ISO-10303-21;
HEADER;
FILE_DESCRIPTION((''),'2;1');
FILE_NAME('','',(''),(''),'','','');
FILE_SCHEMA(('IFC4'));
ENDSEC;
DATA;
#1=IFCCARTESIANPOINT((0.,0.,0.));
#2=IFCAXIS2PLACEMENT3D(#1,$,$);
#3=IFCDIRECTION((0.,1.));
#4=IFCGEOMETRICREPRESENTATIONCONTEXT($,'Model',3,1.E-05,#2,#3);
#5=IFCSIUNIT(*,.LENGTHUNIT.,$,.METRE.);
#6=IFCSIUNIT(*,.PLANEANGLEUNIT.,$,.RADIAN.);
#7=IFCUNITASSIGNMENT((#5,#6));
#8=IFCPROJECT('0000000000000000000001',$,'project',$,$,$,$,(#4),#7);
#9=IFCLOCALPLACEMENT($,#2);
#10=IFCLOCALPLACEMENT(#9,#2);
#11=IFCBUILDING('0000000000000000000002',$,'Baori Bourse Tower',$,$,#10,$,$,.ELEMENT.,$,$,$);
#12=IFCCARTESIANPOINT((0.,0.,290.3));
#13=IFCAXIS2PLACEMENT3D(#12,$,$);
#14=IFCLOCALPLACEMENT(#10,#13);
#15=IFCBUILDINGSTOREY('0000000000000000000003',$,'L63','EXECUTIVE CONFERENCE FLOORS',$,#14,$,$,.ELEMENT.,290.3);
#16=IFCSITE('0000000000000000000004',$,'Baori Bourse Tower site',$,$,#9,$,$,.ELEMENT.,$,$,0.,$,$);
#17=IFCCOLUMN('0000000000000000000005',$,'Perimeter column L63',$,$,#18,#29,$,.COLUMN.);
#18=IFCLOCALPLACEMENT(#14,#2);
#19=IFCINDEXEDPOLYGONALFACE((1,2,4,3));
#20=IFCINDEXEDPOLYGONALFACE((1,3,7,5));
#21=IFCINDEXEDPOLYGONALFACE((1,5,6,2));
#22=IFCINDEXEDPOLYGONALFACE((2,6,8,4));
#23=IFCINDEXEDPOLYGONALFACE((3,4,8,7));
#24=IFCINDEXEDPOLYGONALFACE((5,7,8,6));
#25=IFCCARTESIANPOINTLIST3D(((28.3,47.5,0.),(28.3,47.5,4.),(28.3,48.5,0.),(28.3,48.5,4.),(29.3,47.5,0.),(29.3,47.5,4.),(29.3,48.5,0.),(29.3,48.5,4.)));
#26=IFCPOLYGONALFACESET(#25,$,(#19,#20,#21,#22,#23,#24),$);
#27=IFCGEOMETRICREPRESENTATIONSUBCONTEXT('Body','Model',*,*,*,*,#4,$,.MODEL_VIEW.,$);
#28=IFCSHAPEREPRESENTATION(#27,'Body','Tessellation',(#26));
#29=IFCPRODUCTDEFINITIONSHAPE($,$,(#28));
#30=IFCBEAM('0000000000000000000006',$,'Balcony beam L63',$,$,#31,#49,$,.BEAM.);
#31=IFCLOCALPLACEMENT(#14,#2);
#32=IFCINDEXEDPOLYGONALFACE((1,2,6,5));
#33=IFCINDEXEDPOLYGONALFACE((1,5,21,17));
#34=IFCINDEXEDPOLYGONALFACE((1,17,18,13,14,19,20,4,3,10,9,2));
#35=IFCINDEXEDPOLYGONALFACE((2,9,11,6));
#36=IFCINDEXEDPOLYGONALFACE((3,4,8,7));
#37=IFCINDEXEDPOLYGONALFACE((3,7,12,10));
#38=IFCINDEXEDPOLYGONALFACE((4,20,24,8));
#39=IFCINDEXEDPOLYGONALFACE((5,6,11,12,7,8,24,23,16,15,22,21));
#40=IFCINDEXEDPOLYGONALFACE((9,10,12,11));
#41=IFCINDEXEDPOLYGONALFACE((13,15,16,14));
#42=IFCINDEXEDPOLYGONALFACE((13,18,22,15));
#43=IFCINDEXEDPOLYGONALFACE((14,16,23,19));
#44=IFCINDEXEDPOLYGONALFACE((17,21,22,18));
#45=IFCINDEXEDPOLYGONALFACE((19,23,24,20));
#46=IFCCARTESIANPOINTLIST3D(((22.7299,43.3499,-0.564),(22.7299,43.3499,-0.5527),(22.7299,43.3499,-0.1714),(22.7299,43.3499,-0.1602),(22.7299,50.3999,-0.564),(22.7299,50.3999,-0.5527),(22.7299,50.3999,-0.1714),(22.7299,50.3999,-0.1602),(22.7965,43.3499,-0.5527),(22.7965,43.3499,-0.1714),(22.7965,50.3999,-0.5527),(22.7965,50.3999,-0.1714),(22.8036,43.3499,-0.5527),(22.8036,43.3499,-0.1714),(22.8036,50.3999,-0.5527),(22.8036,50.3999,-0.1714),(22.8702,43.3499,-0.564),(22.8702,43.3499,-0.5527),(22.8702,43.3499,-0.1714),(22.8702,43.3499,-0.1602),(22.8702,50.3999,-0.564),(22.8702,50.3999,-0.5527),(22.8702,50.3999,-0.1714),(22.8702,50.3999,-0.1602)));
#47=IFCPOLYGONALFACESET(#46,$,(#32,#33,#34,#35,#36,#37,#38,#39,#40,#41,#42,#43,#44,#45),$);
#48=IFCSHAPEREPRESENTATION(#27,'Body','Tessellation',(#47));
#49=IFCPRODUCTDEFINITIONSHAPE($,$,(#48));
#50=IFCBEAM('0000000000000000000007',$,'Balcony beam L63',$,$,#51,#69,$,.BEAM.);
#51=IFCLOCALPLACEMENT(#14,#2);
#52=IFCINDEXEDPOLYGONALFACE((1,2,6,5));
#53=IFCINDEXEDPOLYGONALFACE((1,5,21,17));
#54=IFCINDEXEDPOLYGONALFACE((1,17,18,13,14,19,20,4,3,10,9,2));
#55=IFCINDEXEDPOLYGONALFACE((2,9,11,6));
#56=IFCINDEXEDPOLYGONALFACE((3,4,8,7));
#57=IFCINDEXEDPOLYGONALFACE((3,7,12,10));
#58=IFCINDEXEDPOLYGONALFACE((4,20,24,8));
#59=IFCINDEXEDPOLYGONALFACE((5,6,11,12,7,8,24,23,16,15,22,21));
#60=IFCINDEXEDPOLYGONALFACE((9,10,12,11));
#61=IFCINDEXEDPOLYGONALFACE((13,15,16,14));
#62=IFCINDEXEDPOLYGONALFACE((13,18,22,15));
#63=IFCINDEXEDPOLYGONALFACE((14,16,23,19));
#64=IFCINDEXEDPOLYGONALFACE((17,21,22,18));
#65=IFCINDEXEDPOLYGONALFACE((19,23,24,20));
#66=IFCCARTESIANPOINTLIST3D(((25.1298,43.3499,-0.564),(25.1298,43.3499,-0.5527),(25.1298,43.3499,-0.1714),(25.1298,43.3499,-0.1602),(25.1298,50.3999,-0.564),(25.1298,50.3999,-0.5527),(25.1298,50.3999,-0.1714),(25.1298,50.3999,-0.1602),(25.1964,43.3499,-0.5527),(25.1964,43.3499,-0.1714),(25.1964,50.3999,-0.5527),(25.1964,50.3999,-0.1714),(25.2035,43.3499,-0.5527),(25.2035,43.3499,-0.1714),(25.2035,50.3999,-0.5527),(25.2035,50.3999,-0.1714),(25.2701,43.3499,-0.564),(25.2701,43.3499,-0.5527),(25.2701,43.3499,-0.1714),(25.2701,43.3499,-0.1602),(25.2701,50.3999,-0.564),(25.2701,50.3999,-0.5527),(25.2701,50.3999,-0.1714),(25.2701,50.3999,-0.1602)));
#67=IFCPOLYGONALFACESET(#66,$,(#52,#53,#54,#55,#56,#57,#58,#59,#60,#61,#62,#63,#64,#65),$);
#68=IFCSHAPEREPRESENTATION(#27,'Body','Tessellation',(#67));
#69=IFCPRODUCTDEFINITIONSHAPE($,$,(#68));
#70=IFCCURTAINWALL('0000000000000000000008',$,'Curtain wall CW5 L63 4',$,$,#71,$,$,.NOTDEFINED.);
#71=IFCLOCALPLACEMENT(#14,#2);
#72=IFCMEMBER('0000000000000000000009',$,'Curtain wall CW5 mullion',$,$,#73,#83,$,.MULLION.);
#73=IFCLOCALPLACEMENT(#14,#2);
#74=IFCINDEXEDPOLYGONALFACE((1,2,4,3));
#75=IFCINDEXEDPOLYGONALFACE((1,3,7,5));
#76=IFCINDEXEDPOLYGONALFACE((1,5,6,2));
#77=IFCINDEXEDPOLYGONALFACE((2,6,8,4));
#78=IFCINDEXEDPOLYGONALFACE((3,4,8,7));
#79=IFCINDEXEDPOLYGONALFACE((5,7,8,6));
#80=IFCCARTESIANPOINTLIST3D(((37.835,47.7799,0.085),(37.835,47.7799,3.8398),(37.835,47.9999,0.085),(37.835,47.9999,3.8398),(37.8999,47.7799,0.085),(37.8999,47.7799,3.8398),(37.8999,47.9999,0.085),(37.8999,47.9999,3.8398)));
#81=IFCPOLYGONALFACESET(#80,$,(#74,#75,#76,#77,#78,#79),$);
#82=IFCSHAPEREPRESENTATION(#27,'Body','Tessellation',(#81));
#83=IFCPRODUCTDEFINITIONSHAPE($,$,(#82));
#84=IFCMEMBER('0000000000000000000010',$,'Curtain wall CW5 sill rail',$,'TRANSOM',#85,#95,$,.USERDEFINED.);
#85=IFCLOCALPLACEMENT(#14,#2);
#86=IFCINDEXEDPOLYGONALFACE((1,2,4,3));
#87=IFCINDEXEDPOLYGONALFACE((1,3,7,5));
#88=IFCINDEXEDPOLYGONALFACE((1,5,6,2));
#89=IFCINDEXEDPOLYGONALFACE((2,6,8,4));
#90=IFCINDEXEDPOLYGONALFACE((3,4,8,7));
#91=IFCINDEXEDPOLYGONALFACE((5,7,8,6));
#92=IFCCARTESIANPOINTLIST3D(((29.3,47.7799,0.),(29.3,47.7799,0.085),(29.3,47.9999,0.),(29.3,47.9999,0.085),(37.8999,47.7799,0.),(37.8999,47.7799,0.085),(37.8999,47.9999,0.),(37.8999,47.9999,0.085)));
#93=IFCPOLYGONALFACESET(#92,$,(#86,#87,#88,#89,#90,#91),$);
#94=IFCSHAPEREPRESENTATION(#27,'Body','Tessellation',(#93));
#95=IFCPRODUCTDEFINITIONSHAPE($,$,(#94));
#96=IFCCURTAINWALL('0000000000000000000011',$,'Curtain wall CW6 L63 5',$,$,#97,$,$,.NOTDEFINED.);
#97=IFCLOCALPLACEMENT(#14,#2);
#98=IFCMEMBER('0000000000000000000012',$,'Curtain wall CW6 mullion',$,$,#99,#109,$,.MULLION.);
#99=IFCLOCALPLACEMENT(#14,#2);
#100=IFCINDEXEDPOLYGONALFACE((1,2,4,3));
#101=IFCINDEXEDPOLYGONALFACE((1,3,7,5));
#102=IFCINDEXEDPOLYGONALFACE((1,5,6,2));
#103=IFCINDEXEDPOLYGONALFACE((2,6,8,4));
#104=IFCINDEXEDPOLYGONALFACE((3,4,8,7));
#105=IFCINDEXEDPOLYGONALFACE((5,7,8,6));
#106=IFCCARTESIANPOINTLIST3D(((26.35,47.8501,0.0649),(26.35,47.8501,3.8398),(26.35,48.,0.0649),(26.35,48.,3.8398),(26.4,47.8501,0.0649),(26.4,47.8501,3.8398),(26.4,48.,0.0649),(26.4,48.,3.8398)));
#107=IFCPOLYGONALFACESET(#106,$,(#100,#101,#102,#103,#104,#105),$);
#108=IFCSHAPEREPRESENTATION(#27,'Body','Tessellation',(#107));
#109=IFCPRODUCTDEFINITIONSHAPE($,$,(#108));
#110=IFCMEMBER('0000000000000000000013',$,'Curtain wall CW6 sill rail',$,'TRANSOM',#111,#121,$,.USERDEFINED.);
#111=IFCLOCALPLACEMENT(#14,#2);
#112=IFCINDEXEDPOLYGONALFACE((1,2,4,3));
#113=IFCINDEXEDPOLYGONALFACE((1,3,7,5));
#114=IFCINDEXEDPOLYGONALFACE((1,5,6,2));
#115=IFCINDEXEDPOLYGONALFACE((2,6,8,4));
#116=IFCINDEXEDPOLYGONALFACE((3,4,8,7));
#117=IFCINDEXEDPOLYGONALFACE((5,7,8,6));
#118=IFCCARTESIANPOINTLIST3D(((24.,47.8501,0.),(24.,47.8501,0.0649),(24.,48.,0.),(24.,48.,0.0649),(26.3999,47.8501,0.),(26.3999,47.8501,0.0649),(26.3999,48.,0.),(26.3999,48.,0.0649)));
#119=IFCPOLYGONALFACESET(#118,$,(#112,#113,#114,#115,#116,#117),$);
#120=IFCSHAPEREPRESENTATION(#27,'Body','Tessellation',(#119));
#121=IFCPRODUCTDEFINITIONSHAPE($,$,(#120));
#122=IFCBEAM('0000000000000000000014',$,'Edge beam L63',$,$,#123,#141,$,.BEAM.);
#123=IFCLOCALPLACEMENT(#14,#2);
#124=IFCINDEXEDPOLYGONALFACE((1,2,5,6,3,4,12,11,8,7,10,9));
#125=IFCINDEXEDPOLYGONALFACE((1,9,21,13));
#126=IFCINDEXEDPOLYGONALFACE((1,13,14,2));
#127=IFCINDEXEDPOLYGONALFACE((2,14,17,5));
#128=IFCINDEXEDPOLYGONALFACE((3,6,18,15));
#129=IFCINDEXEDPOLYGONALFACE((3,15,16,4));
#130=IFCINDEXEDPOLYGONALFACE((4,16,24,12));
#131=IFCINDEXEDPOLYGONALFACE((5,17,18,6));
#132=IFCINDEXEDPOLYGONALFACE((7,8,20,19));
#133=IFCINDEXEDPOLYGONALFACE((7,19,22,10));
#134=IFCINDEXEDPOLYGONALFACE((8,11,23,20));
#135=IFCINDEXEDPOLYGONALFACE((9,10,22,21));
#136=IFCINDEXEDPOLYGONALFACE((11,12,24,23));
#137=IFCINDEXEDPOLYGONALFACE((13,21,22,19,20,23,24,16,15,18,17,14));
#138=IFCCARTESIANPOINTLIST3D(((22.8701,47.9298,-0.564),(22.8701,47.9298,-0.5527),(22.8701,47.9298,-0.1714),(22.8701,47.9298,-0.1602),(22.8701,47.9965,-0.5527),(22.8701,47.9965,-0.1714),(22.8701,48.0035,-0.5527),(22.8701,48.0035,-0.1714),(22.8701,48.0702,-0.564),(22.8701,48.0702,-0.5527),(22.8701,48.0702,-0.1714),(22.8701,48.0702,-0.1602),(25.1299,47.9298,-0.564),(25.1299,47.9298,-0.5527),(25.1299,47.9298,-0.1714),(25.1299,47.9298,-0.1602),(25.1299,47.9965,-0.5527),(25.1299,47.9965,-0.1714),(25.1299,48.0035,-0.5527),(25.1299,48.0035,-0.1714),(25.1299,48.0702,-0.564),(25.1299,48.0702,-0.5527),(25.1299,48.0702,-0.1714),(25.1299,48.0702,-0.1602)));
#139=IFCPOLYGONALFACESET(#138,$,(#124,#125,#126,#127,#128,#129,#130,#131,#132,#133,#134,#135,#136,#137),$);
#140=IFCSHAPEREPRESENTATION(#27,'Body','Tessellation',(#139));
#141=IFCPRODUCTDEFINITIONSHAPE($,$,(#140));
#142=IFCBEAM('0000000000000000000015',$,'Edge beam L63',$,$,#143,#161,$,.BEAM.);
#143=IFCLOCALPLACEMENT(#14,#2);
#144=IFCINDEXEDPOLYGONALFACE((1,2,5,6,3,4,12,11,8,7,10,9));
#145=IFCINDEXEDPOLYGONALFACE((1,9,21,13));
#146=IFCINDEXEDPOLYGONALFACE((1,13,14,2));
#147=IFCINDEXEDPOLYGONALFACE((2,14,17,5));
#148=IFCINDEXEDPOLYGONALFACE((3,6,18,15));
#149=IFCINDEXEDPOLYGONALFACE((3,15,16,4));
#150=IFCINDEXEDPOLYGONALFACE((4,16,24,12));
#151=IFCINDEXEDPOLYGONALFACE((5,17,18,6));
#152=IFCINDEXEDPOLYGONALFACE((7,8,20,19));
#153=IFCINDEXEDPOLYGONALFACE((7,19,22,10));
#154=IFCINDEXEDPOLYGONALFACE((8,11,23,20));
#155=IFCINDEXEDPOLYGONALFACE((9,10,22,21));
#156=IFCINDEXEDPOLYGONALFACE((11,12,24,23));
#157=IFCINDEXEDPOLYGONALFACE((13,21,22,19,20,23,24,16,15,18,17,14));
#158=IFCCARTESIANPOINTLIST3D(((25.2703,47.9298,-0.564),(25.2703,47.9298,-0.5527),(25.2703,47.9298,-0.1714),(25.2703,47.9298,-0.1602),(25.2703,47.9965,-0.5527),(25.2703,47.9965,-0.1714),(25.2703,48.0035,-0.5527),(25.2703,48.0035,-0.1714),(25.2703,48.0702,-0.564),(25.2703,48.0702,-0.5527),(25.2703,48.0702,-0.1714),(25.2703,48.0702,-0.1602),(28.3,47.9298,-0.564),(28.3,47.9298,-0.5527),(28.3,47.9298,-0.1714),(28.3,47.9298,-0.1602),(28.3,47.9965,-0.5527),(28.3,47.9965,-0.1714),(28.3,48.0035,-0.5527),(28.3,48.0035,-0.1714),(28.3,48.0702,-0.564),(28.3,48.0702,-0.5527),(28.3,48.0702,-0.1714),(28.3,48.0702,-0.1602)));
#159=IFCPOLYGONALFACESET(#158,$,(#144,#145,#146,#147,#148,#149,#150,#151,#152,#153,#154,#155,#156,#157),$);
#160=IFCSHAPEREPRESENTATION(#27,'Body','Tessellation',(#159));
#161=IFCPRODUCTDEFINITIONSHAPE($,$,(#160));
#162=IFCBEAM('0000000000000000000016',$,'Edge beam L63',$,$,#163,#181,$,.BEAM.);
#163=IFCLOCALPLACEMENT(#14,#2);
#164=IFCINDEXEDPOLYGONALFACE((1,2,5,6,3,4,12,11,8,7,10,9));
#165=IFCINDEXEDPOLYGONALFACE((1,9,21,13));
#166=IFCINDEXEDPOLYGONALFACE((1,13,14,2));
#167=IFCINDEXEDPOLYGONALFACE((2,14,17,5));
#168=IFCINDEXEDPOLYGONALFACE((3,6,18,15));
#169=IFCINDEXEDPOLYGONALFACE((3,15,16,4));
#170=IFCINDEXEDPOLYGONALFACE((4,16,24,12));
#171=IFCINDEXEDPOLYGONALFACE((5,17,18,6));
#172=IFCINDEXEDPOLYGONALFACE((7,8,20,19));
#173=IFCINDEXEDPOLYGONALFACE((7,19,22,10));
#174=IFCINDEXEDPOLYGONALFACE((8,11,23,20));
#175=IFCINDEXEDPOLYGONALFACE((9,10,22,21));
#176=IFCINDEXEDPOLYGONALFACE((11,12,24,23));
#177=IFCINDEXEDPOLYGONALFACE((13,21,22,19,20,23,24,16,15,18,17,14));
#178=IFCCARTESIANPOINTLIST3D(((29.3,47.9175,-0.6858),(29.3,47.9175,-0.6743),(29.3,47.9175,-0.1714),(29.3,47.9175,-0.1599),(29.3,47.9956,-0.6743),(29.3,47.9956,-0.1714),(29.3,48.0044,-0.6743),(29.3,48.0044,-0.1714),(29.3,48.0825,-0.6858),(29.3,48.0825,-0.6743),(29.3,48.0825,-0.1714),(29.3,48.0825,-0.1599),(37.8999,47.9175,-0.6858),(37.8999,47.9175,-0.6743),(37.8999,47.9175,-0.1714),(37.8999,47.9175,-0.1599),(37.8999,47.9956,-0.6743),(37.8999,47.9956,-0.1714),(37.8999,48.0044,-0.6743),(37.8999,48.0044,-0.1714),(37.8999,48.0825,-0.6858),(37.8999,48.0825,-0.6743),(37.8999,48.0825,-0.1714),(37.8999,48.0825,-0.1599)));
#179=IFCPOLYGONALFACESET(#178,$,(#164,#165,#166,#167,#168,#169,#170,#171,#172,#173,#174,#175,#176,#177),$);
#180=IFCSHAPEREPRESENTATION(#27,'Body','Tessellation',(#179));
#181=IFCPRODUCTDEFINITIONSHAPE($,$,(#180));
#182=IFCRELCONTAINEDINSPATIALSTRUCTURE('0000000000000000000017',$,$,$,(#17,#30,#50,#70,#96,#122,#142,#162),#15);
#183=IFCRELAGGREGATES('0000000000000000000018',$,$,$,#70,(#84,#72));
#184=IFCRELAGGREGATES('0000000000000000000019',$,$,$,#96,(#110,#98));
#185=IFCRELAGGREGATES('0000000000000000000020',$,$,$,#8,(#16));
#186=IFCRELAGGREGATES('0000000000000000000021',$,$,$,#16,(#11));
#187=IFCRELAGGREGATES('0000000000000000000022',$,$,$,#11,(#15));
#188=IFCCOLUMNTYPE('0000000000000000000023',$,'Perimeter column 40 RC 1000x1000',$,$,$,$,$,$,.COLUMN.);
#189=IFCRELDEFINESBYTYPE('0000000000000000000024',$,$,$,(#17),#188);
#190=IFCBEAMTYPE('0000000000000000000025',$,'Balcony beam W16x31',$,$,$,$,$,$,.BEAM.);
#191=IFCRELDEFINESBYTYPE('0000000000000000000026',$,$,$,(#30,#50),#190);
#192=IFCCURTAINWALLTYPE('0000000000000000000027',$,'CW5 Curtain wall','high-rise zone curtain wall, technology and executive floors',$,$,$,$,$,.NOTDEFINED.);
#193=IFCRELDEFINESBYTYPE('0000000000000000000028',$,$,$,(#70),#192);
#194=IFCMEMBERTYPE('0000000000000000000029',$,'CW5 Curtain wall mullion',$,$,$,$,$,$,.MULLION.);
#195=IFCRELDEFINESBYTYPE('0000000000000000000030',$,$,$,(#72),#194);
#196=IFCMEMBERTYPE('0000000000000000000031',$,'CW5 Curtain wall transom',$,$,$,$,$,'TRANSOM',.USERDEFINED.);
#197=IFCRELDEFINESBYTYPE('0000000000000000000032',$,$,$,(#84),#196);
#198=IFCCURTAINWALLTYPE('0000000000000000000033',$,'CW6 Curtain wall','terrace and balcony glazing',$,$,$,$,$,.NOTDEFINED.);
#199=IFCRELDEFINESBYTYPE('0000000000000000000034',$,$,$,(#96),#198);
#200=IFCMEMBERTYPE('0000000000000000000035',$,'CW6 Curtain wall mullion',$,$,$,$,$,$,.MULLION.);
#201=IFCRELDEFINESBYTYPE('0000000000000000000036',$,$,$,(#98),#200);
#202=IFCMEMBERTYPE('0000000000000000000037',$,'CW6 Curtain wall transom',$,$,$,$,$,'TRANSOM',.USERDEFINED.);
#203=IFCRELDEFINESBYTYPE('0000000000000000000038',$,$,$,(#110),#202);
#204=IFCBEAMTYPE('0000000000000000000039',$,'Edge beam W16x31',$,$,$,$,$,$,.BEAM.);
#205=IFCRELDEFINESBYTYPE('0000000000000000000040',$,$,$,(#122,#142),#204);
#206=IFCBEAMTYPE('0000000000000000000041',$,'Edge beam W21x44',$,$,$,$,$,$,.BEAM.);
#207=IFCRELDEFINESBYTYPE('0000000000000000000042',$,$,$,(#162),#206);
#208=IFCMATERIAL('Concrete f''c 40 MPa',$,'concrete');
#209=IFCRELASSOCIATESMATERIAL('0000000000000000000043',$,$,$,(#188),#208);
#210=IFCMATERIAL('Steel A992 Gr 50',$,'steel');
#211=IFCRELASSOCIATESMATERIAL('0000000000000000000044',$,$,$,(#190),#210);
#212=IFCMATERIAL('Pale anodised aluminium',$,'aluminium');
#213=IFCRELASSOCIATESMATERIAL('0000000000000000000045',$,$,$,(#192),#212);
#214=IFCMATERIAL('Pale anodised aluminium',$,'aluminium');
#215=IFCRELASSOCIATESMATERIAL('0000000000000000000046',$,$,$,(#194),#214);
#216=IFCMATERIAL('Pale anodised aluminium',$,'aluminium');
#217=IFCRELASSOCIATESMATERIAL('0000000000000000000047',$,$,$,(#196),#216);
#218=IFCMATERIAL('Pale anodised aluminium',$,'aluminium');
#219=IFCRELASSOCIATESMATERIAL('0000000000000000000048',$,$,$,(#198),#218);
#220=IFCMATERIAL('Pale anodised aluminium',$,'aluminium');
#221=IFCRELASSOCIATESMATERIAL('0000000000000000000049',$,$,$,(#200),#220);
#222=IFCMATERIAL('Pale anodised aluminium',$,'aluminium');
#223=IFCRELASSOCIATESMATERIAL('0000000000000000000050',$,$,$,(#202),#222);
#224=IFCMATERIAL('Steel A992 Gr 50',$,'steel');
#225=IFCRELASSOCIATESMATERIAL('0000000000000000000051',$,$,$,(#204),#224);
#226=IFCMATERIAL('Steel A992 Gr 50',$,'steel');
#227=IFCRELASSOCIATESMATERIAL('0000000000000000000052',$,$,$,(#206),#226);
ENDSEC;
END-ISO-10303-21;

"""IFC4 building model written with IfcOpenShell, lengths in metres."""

from ifc_helpers import new_model, si_unit, direction, frame, origin, origin_2d, place, context, subcontext, project, spatial, rectangle, i_section, extrude, material, material_profile, profile_set, type_object, element, aggregate, save


model = new_model("IFC4")

# Units and contexts
model_context = context("Model", 3, precision=1e-05, world=origin(), true_north=direction((0.0, 1.0)))
body_context = subcontext(model_context, "Body", "Model", "MODEL_VIEW")
ifc_project = project(units=[si_unit("LENGTHUNIT", "METRE"), si_unit("PLANEANGLEUNIT", "RADIAN")], contexts=[model_context])

# Site, building, storey
site_placement = place(None, origin())
site = spatial("IfcSite", under=ifc_project, at=site_placement, Name="Baori Bourse Tower site", CompositionType="ELEMENT", RefElevation=0.0)
building_placement = place(site_placement, origin())
building = spatial("IfcBuilding", under=site, at=building_placement, Name="Baori Bourse Tower", CompositionType="ELEMENT")
storey_placement = place(building_placement, frame((0.0, 0.0, 290.3)))
storey = spatial("IfcBuildingStorey", under=building, at=storey_placement, Name="L63", Description="EXECUTIVE CONFERENCE FLOORS", CompositionType="ELEMENT", Elevation=290.3)

# Column
ifc_material_1 = material(Name="Concrete f'c 40 MPa", Category="concrete")
ifc_material_profile_1 = material_profile(ifc_material_1, rectangle(XDim=1.0, YDim=1.0, at=origin_2d()), Name="RC 1000x1000")
ifc_profile_set_1 = profile_set([ifc_material_profile_1], Name="Concrete f'c 40 MPa")
column_type = type_object("IfcColumnType", Name="Perimeter column 40 RC 1000x1000", PredefinedType="COLUMN", material=ifc_profile_set_1)
column_placement = place(storey_placement, frame((28.8, 48.0, 0.0), z_axis=(0.0, 0.0, 1.0), x_axis=(1.0, 0.0, 0.0)))
element("IfcColumn", 1, at=column_placement, inside=storey, type_object=column_type, Name="Perimeter column L63", PredefinedType="COLUMN", context=body_context, shape_type="SweptSolid", body=[
    extrude(rectangle(XDim=1.0, YDim=1.0, at=origin_2d()), origin(), (0.0, 0.0, 1.0), 4.0),
])

# Beams
ifc_material_2 = material(Name="Steel A992 Gr 50", Category="steel")
ifc_material_profile_2 = material_profile(ifc_material_2, i_section(OverallWidth=0.1404, OverallDepth=0.4038, WebThickness=0.0071, FlangeThickness=0.0112, at=origin_2d()), Name="W16x31")
ifc_profile_set_2 = profile_set([ifc_material_profile_2], Name="Steel A992 Gr 50")
beam_type_1 = type_object("IfcBeamType", Name="Balcony beam W16x31", PredefinedType="BEAM", material=ifc_profile_set_2)
for number, where, z_axis, x_axis, name in (
    (2, (22.8, 50.3999, -0.3621), (0.0, -1.0, 0.0), (1.0, 0.0, 0.0), "Balcony beam L63"),
    (3, (25.2, 50.3999, -0.3621), (0.0, -1.0, 0.0), (1.0, 0.0, 0.0), "Balcony beam L63"),
):
    element("IfcBeam", number, at=place(storey_placement, frame(where, z_axis=z_axis, x_axis=x_axis)), inside=storey, type_object=beam_type_1, Name=name, PredefinedType="BEAM", context=body_context, shape_type="SweptSolid", body=[
        extrude(i_section(OverallWidth=0.1404, OverallDepth=0.4038, WebThickness=0.0071, FlangeThickness=0.0112, at=origin_2d()), origin(), (0.0, 0.0, 1.0), 7.05),
    ])

# Curtain walls, members
ifc_material_3 = material(Name="Pale anodised aluminium", Category="aluminium")
curtain_wall_type_1 = type_object("IfcCurtainWallType", Name="CW5 Curtain wall", Description="high-rise zone curtain wall, technology and executive floors", PredefinedType="NOTDEFINED", material=ifc_material_3)
curtain_wall_1_placement = place(storey_placement, origin())
curtain_wall_1 = element("IfcCurtainWall", 4, at=curtain_wall_1_placement, inside=storey, type_object=curtain_wall_type_1, Name="Curtain wall CW5 L63 4", PredefinedType="NOTDEFINED")
ifc_material_4 = material(Name="Pale anodised aluminium", Category="aluminium")
ifc_material_profile_3 = material_profile(ifc_material_4, rectangle(XDim=0.22, YDim=0.0649, at=origin_2d()), Name="Mullion 65x220")
ifc_profile_set_3 = profile_set([ifc_material_profile_3], Name="Pale anodised aluminium")
member_type_1 = type_object("IfcMemberType", Name="CW5 Curtain wall mullion", PredefinedType="MULLION", material=ifc_profile_set_3)
member_1_placement = place(storey_placement, frame((37.8674, 47.8899, 0.085), z_axis=(0.0, 0.0, 1.0), x_axis=(0.0, -1.0, 0.0)))
member_1 = element("IfcMember", 5, at=member_1_placement, type_object=member_type_1, Name="Curtain wall CW5 mullion", PredefinedType="MULLION", context=body_context, shape_type="SweptSolid", body=[
    extrude(rectangle(XDim=0.22, YDim=0.0649, at=origin_2d()), origin(), (0.0, 0.0, 1.0), 3.7549),
])
ifc_material_5 = material(Name="Pale anodised aluminium", Category="aluminium")
ifc_material_profile_4 = material_profile(ifc_material_5, rectangle(XDim=0.22, YDim=0.085, at=origin_2d()), Name="Transom 85x220")
ifc_profile_set_4 = profile_set([ifc_material_profile_4], Name="Pale anodised aluminium")
member_type_2 = type_object("IfcMemberType", Name="CW5 Curtain wall transom", ElementType="TRANSOM", PredefinedType="USERDEFINED", material=ifc_profile_set_4)
member_2_placement = place(storey_placement, frame((37.8999, 47.8899, 0.0425), z_axis=(-1.0, 0.0, 0.0), x_axis=(0.0, -1.0, 0.0)))
member_2 = element("IfcMember", 6, at=member_2_placement, type_object=member_type_2, Name="Curtain wall CW5 sill rail", ObjectType="TRANSOM", PredefinedType="USERDEFINED", context=body_context, shape_type="SweptSolid", body=[
    extrude(rectangle(XDim=0.22, YDim=0.085, at=origin_2d()), origin(), (0.0, 0.0, 1.0), 8.5999),
])
aggregate(curtain_wall_1, [member_2, member_1])
ifc_material_6 = material(Name="Pale anodised aluminium", Category="aluminium")
curtain_wall_type_2 = type_object("IfcCurtainWallType", Name="CW6 Curtain wall", Description="terrace and balcony glazing", PredefinedType="NOTDEFINED", material=ifc_material_6)
curtain_wall_2_placement = place(storey_placement, origin())
curtain_wall_2 = element("IfcCurtainWall", 7, at=curtain_wall_2_placement, inside=storey, type_object=curtain_wall_type_2, Name="Curtain wall CW6 L63 5", PredefinedType="NOTDEFINED")
ifc_material_7 = material(Name="Pale anodised aluminium", Category="aluminium")
ifc_material_profile_5 = material_profile(ifc_material_7, rectangle(XDim=0.1499, YDim=0.05, at=origin_2d()), Name="Mullion 50x150")
ifc_profile_set_5 = profile_set([ifc_material_profile_5], Name="Pale anodised aluminium")
member_type_3 = type_object("IfcMemberType", Name="CW6 Curtain wall mullion", PredefinedType="MULLION", material=ifc_profile_set_5)
member_3_placement = place(storey_placement, frame((26.375, 47.925, 0.0649), z_axis=(0.0, 0.0, 1.0), x_axis=(0.0, -1.0, 0.0)))
member_3 = element("IfcMember", 8, at=member_3_placement, type_object=member_type_3, Name="Curtain wall CW6 mullion", PredefinedType="MULLION", context=body_context, shape_type="SweptSolid", body=[
    extrude(rectangle(XDim=0.1499, YDim=0.05, at=origin_2d()), origin(), (0.0, 0.0, 1.0), 3.7749),
])
ifc_material_8 = material(Name="Pale anodised aluminium", Category="aluminium")
ifc_material_profile_6 = material_profile(ifc_material_8, rectangle(XDim=0.1499, YDim=0.0649, at=origin_2d()), Name="Transom 65x150")
ifc_profile_set_6 = profile_set([ifc_material_profile_6], Name="Pale anodised aluminium")
member_type_4 = type_object("IfcMemberType", Name="CW6 Curtain wall transom", ElementType="TRANSOM", PredefinedType="USERDEFINED", material=ifc_profile_set_6)
member_4_placement = place(storey_placement, frame((26.3999, 47.925, 0.0325), z_axis=(-1.0, 0.0, 0.0), x_axis=(0.0, -1.0, 0.0)))
member_4 = element("IfcMember", 9, at=member_4_placement, type_object=member_type_4, Name="Curtain wall CW6 sill rail", ObjectType="TRANSOM", PredefinedType="USERDEFINED", context=body_context, shape_type="SweptSolid", body=[
    extrude(rectangle(XDim=0.1499, YDim=0.0649, at=origin_2d()), origin(), (0.0, 0.0, 1.0), 2.3999),
])

# Beams
ifc_material_9 = material(Name="Steel A992 Gr 50", Category="steel")
ifc_material_profile_7 = material_profile(ifc_material_9, i_section(OverallWidth=0.1404, OverallDepth=0.4038, WebThickness=0.0071, FlangeThickness=0.0112, at=origin_2d()), Name="W16x31")
ifc_profile_set_7 = profile_set([ifc_material_profile_7], Name="Steel A992 Gr 50")
beam_type_2 = type_object("IfcBeamType", Name="Edge beam W16x31", PredefinedType="BEAM", material=ifc_profile_set_7)
beam_1_placement = place(storey_placement, frame((22.8701, 48.0, -0.3621), z_axis=(1.0, 0.0, 0.0), x_axis=(0.0, 1.0, 0.0)))
element("IfcBeam", 10, at=beam_1_placement, inside=storey, type_object=beam_type_2, Name="Edge beam L63", PredefinedType="BEAM", context=body_context, shape_type="SweptSolid", body=[
    extrude(i_section(OverallWidth=0.1404, OverallDepth=0.4038, WebThickness=0.0071, FlangeThickness=0.0112, at=origin_2d()), origin(), (0.0, 0.0, 1.0), 2.2598),
])
beam_2_placement = place(storey_placement, frame((25.2703, 48.0, -0.3621), z_axis=(1.0, 0.0, 0.0), x_axis=(0.0, 1.0, 0.0)))
element("IfcBeam", 11, at=beam_2_placement, inside=storey, type_object=beam_type_2, Name="Edge beam L63", PredefinedType="BEAM", context=body_context, shape_type="SweptSolid", body=[
    extrude(i_section(OverallWidth=0.1404, OverallDepth=0.4038, WebThickness=0.0071, FlangeThickness=0.0112, at=origin_2d()), origin(), (0.0, 0.0, 1.0), 3.0298),
])
ifc_material_10 = material(Name="Steel A992 Gr 50", Category="steel")
ifc_material_profile_8 = material_profile(ifc_material_10, i_section(OverallWidth=0.165, OverallDepth=0.5259, WebThickness=0.0088, FlangeThickness=0.0115, at=origin_2d()), Name="W21x44")
ifc_profile_set_8 = profile_set([ifc_material_profile_8], Name="Steel A992 Gr 50")
beam_type_3 = type_object("IfcBeamType", Name="Edge beam W21x44", PredefinedType="BEAM", material=ifc_profile_set_8)
beam_3_placement = place(storey_placement, frame((29.3, 48.0, -0.4229), z_axis=(1.0, 0.0, 0.0), x_axis=(0.0, 1.0, 0.0)))
element("IfcBeam", 12, at=beam_3_placement, inside=storey, type_object=beam_type_3, Name="Edge beam L63", PredefinedType="BEAM", context=body_context, shape_type="SweptSolid", body=[
    extrude(i_section(OverallWidth=0.165, OverallDepth=0.5259, WebThickness=0.0088, FlangeThickness=0.0115, at=origin_2d()), origin(), (0.0, 0.0, 1.0), 8.5999),
])

aggregate(curtain_wall_2, [member_4, member_3])

save(model, "model.ifc")
